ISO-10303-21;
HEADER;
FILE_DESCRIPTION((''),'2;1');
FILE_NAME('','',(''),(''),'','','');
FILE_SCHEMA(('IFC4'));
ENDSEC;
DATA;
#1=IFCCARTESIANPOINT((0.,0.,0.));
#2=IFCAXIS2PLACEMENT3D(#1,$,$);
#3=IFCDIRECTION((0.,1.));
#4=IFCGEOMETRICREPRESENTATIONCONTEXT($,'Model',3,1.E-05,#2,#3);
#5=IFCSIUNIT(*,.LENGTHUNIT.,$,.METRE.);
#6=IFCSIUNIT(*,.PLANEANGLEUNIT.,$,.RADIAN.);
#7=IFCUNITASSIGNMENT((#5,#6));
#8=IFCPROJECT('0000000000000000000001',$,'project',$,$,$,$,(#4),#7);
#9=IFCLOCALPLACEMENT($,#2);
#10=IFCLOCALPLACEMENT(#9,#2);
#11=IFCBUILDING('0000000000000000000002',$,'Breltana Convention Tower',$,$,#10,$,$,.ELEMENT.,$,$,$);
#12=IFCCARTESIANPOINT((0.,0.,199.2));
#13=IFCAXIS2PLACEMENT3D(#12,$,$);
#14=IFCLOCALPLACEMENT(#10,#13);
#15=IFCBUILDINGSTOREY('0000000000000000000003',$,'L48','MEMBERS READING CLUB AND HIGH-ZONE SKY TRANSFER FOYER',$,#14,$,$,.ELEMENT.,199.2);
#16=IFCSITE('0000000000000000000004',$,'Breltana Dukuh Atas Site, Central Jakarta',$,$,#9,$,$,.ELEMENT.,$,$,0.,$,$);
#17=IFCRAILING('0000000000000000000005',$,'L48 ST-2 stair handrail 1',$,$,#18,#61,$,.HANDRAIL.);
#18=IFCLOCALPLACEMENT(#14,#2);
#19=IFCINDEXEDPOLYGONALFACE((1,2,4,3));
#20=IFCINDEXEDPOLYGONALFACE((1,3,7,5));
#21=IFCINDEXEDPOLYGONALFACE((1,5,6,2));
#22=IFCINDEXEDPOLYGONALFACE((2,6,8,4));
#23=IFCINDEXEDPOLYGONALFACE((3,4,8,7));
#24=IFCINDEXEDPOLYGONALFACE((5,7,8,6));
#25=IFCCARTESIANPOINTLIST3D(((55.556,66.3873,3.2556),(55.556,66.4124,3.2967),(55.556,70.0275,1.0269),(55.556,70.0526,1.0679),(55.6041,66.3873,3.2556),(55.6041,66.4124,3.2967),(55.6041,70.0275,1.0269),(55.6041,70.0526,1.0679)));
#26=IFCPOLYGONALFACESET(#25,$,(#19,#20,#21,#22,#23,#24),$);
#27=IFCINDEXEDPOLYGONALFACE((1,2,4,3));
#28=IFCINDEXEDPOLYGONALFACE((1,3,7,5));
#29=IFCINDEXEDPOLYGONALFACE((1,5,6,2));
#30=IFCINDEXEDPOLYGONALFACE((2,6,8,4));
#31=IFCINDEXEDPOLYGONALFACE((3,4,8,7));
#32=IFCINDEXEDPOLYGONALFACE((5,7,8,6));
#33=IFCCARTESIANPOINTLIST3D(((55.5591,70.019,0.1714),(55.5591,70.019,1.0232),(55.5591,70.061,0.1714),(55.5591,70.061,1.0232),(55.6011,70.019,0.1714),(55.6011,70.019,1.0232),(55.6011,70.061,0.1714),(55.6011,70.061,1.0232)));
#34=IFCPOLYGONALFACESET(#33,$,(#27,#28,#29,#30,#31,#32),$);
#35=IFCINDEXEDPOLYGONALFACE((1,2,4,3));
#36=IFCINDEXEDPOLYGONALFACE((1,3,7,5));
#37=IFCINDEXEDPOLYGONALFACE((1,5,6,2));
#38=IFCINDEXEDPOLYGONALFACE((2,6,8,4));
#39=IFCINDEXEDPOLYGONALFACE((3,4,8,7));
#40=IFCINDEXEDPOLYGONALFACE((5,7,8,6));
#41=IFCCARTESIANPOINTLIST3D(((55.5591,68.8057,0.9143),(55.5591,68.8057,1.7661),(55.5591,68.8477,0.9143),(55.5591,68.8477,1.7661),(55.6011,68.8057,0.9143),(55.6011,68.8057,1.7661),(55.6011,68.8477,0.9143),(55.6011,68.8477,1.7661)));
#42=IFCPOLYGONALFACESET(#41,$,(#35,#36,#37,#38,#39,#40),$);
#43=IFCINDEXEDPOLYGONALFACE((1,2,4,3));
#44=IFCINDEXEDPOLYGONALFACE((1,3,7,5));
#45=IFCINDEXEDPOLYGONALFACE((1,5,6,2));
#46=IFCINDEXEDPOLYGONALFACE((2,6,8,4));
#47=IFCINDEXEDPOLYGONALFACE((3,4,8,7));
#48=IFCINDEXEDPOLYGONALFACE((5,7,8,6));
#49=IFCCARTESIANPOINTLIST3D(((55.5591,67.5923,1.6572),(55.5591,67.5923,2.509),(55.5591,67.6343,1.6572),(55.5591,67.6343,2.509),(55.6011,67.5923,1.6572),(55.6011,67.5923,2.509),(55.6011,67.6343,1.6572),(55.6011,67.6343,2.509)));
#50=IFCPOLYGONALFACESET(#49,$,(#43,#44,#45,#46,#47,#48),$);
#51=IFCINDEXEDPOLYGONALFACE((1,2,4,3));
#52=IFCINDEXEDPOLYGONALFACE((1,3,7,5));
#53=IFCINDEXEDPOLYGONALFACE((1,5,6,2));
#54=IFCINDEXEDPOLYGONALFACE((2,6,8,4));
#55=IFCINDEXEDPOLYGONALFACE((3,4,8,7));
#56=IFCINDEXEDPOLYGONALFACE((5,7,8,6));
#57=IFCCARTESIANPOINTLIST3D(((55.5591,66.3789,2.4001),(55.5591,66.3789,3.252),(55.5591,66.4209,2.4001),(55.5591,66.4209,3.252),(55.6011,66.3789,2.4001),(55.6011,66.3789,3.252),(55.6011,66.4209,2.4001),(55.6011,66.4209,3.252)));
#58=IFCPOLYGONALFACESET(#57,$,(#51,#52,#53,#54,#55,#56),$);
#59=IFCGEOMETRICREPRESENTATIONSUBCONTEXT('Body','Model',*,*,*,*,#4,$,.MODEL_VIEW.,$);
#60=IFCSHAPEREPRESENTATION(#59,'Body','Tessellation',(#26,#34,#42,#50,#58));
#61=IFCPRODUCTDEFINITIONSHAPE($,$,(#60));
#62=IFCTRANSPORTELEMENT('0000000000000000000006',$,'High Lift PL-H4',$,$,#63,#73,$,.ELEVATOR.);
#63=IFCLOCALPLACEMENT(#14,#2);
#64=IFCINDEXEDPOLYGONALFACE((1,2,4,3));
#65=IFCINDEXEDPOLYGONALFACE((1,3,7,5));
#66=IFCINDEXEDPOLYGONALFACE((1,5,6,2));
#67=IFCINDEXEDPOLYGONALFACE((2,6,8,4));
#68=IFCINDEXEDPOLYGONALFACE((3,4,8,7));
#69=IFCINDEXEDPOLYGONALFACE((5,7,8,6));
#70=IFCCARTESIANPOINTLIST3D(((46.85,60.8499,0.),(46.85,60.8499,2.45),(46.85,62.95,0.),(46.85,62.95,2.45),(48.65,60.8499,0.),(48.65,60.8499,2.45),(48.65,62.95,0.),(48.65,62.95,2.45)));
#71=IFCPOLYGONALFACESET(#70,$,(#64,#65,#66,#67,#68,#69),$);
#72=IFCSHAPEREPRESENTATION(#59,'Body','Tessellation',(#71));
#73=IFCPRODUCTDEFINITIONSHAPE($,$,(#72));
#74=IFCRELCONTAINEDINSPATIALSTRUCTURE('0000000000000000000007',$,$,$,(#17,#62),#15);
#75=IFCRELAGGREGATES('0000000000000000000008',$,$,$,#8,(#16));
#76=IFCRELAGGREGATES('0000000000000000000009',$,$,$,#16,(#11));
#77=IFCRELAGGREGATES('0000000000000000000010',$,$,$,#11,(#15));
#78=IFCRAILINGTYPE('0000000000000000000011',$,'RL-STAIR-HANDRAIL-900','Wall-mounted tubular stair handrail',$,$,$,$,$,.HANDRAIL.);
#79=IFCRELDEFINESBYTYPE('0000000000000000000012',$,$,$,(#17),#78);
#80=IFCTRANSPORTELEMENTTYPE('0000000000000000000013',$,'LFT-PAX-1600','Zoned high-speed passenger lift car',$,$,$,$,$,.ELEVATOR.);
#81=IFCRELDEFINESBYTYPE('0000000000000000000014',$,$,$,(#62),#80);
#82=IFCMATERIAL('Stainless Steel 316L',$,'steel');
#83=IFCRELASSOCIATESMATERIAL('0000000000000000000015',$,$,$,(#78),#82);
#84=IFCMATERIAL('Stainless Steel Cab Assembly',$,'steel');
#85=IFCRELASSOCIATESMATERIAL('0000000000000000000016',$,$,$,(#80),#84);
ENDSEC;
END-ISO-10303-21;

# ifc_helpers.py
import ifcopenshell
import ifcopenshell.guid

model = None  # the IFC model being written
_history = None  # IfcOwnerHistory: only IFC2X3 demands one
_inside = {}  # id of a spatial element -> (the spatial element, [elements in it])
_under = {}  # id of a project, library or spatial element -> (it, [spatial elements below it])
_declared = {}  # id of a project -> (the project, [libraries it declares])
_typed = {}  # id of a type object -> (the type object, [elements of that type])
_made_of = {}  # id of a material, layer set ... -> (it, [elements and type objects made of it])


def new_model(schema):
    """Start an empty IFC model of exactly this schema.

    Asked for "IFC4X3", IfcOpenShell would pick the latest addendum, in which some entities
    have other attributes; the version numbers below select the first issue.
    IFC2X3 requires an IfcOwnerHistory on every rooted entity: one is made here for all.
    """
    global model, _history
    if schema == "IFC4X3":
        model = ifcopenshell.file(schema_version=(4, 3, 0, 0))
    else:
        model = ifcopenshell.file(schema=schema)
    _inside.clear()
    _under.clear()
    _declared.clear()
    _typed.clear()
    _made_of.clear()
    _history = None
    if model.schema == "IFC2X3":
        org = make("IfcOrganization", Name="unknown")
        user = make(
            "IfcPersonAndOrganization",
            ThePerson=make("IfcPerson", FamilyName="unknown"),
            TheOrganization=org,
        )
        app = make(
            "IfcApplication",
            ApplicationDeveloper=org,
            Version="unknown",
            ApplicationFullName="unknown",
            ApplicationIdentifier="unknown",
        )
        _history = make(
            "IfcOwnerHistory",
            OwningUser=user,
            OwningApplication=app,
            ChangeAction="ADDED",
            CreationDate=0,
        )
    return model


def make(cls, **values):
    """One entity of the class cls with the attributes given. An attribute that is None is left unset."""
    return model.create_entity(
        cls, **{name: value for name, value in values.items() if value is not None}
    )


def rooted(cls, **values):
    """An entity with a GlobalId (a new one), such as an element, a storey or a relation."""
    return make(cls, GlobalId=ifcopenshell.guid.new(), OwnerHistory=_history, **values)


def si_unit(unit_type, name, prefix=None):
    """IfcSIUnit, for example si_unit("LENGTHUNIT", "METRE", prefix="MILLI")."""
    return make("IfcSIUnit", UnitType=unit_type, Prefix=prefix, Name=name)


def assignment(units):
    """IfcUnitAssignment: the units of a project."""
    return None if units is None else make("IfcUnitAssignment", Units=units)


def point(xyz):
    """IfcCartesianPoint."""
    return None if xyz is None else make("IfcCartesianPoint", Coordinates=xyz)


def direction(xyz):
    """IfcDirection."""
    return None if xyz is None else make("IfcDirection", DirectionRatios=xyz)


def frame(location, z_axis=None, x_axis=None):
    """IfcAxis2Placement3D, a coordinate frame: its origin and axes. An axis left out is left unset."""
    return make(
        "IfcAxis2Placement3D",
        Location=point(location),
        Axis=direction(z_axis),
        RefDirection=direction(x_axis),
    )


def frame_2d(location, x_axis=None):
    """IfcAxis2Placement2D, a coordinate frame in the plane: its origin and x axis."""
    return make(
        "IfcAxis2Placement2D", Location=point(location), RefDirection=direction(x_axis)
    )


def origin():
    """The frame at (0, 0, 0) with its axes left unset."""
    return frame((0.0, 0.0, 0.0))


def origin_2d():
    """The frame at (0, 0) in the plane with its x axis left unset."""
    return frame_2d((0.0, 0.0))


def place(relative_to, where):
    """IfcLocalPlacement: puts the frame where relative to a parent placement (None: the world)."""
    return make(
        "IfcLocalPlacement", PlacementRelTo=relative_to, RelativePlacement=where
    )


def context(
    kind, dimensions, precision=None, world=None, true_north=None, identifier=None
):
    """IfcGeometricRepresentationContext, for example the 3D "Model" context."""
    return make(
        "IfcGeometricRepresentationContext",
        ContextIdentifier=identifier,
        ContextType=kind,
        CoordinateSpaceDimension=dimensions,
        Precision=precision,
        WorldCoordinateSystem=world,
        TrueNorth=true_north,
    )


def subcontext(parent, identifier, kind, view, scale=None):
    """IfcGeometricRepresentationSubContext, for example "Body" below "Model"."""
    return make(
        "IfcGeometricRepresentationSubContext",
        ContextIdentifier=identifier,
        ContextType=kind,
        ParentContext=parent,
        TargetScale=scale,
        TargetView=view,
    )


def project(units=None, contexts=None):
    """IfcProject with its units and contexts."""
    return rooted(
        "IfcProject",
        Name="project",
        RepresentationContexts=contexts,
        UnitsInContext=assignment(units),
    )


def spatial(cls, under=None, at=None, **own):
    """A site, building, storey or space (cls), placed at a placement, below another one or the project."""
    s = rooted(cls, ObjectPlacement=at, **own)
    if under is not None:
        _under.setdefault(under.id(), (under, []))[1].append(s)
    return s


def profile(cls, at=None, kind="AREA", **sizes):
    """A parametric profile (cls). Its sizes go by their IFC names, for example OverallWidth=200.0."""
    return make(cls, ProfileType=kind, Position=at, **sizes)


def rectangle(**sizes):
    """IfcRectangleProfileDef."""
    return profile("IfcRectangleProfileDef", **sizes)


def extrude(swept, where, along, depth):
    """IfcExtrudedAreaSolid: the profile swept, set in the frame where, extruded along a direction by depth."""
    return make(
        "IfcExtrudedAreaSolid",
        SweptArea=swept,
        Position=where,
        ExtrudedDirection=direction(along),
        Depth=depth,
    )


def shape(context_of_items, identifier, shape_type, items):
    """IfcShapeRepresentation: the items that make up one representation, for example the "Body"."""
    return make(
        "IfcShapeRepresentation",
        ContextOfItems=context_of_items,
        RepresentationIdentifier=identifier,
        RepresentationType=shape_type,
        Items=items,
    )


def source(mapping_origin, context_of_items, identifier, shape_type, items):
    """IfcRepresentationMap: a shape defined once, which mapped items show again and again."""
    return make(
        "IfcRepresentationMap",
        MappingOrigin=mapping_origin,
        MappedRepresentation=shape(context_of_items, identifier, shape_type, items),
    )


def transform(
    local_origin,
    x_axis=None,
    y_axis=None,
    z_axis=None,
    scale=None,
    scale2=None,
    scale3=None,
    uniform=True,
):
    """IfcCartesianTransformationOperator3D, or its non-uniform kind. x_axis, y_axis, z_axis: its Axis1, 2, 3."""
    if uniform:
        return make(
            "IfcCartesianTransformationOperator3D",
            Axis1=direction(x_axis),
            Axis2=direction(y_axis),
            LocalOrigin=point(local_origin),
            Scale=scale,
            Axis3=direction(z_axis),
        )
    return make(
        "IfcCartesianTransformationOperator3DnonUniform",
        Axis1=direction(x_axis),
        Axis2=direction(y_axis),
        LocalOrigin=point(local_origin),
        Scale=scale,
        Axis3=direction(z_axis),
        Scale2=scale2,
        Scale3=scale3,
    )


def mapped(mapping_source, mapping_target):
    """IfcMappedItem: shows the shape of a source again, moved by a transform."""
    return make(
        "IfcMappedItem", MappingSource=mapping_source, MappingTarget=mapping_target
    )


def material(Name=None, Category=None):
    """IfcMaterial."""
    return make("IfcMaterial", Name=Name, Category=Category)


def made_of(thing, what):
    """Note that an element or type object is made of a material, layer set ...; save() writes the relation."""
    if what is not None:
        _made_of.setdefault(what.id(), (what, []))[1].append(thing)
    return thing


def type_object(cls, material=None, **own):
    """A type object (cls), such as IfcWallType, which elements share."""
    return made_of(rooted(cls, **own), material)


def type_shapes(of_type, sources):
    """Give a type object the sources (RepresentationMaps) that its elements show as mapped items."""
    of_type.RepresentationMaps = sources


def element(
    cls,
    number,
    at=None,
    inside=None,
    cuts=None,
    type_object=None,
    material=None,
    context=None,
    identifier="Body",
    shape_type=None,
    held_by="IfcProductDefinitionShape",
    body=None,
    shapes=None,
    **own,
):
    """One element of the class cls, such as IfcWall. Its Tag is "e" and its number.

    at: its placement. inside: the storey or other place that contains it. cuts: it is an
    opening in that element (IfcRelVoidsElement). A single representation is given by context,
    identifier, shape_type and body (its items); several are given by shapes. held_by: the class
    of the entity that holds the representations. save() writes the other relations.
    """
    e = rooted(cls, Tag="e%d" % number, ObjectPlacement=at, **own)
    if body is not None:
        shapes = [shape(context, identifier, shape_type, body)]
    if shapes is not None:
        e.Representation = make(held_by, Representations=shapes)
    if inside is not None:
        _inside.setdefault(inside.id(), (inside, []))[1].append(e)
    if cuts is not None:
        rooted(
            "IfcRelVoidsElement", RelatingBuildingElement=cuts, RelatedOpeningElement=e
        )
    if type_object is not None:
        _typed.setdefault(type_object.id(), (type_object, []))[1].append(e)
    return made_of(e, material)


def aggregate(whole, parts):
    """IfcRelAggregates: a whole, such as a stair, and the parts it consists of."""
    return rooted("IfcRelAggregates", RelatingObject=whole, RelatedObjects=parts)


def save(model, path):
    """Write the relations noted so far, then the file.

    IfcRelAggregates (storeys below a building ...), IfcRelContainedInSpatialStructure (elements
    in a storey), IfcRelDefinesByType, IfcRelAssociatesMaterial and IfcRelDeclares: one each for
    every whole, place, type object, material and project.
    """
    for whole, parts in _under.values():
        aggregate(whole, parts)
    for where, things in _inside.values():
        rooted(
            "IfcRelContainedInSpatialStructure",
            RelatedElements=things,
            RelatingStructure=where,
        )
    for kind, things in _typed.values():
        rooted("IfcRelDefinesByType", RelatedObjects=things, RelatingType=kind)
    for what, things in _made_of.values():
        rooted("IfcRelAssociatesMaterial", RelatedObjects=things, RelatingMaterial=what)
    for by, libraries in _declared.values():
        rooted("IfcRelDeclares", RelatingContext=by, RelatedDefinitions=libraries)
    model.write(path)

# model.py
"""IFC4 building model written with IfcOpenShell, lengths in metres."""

from ifc_helpers import new_model, si_unit, direction, frame, origin, origin_2d, place, context, subcontext, project, spatial, rectangle, extrude, source, transform, mapped, material, type_object, type_shapes, element, save


model = new_model("IFC4")

# Units and contexts
model_context = context("Model", 3, precision=1e-05, world=origin(), true_north=direction((0.0, 1.0)))
body_context = subcontext(model_context, "Body", "Model", "MODEL_VIEW")
ifc_project = project(units=[si_unit("LENGTHUNIT", "METRE"), si_unit("PLANEANGLEUNIT", "RADIAN")], contexts=[model_context])

# Site, building, storey
site_placement = place(None, origin())
site = spatial("IfcSite", under=ifc_project, at=site_placement, Name="Breltana Dukuh Atas Site, Central Jakarta", CompositionType="ELEMENT", RefElevation=0.0)
building_placement = place(site_placement, origin())
building = spatial("IfcBuilding", under=site, at=building_placement, Name="Breltana Convention Tower", CompositionType="ELEMENT")
storey_placement = place(building_placement, frame((0.0, 0.0, 199.2)))
storey = spatial("IfcBuildingStorey", under=building, at=storey_placement, Name="L48", Description="MEMBERS READING CLUB AND HIGH-ZONE SKY TRANSFER FOYER", CompositionType="ELEMENT", Elevation=199.2)

# Railing
ifc_material_1 = material(Name="Stainless Steel 316L", Category="steel")
railing_type_1 = type_object("IfcRailingType", Name="RL-STAIR-HANDRAIL-900", Description="Wall-mounted tubular stair handrail", PredefinedType="HANDRAIL", material=ifc_material_1)
railing_1_placement = place(storey_placement, frame((55.5801, 70.04, 0.1714)))
element("IfcRailing", 1, at=railing_1_placement, inside=storey, type_object=railing_type_1, Name="L48 ST-2 stair handrail 1", PredefinedType="HANDRAIL", context=body_context, shape_type="SweptSolid", body=[
    extrude(rectangle(XDim=0.0481, YDim=0.0481, at=origin_2d()), frame((0.0, 0.0, 0.876), z_axis=(0.0, -0.85284, 0.522172), x_axis=(1.0, 0.0, 0.0)), (0.0, 0.0, 1.0), 4.2683),
    extrude(rectangle(XDim=0.042, YDim=0.042, at=origin_2d()), origin(), (0.0, 0.0, 1.0), 0.8518),
    extrude(rectangle(XDim=0.042, YDim=0.042, at=origin_2d()), frame((0.0, -1.2134, 0.7429)), (0.0, 0.0, 1.0), 0.8518),
    extrude(rectangle(XDim=0.042, YDim=0.042, at=origin_2d()), frame((0.0, -2.4268, 1.4858)), (0.0, 0.0, 1.0), 0.8518),
    extrude(rectangle(XDim=0.042, YDim=0.042, at=origin_2d()), frame((0.0, -3.6401, 2.2288)), (0.0, 0.0, 1.0), 0.8518),
])

# Transport element
ifc_material_2 = material(Name="Stainless Steel Cab Assembly", Category="steel")
transport_element_type = type_object("IfcTransportElementType", Name="LFT-PAX-1600", Description="Zoned high-speed passenger lift car", PredefinedType="ELEVATOR", material=ifc_material_2)
shared_shape_1 = source(origin(), body_context, "Body", "SweptSolid", [
    extrude(rectangle(XDim=1.8, YDim=2.1001, at=origin_2d()), origin(), (0.0, 0.0, 1.0), 2.45),
])
type_shapes(transport_element_type, [shared_shape_1])
transport_element_placement = place(storey_placement, frame((47.75, 61.8999, 0.0), z_axis=(0.0, 0.0, 1.0), x_axis=(1.0, 0.0, 0.0)))
element("IfcTransportElement", 2, at=transport_element_placement, inside=storey, type_object=transport_element_type, Name="High Lift PL-H4", PredefinedType="ELEVATOR", context=body_context, shape_type="MappedRepresentation", body=[
    mapped(shared_shape_1, transform((0.0, 0.0, 0.0), scale=1.0)),
])

save(model, "model.ifc")
